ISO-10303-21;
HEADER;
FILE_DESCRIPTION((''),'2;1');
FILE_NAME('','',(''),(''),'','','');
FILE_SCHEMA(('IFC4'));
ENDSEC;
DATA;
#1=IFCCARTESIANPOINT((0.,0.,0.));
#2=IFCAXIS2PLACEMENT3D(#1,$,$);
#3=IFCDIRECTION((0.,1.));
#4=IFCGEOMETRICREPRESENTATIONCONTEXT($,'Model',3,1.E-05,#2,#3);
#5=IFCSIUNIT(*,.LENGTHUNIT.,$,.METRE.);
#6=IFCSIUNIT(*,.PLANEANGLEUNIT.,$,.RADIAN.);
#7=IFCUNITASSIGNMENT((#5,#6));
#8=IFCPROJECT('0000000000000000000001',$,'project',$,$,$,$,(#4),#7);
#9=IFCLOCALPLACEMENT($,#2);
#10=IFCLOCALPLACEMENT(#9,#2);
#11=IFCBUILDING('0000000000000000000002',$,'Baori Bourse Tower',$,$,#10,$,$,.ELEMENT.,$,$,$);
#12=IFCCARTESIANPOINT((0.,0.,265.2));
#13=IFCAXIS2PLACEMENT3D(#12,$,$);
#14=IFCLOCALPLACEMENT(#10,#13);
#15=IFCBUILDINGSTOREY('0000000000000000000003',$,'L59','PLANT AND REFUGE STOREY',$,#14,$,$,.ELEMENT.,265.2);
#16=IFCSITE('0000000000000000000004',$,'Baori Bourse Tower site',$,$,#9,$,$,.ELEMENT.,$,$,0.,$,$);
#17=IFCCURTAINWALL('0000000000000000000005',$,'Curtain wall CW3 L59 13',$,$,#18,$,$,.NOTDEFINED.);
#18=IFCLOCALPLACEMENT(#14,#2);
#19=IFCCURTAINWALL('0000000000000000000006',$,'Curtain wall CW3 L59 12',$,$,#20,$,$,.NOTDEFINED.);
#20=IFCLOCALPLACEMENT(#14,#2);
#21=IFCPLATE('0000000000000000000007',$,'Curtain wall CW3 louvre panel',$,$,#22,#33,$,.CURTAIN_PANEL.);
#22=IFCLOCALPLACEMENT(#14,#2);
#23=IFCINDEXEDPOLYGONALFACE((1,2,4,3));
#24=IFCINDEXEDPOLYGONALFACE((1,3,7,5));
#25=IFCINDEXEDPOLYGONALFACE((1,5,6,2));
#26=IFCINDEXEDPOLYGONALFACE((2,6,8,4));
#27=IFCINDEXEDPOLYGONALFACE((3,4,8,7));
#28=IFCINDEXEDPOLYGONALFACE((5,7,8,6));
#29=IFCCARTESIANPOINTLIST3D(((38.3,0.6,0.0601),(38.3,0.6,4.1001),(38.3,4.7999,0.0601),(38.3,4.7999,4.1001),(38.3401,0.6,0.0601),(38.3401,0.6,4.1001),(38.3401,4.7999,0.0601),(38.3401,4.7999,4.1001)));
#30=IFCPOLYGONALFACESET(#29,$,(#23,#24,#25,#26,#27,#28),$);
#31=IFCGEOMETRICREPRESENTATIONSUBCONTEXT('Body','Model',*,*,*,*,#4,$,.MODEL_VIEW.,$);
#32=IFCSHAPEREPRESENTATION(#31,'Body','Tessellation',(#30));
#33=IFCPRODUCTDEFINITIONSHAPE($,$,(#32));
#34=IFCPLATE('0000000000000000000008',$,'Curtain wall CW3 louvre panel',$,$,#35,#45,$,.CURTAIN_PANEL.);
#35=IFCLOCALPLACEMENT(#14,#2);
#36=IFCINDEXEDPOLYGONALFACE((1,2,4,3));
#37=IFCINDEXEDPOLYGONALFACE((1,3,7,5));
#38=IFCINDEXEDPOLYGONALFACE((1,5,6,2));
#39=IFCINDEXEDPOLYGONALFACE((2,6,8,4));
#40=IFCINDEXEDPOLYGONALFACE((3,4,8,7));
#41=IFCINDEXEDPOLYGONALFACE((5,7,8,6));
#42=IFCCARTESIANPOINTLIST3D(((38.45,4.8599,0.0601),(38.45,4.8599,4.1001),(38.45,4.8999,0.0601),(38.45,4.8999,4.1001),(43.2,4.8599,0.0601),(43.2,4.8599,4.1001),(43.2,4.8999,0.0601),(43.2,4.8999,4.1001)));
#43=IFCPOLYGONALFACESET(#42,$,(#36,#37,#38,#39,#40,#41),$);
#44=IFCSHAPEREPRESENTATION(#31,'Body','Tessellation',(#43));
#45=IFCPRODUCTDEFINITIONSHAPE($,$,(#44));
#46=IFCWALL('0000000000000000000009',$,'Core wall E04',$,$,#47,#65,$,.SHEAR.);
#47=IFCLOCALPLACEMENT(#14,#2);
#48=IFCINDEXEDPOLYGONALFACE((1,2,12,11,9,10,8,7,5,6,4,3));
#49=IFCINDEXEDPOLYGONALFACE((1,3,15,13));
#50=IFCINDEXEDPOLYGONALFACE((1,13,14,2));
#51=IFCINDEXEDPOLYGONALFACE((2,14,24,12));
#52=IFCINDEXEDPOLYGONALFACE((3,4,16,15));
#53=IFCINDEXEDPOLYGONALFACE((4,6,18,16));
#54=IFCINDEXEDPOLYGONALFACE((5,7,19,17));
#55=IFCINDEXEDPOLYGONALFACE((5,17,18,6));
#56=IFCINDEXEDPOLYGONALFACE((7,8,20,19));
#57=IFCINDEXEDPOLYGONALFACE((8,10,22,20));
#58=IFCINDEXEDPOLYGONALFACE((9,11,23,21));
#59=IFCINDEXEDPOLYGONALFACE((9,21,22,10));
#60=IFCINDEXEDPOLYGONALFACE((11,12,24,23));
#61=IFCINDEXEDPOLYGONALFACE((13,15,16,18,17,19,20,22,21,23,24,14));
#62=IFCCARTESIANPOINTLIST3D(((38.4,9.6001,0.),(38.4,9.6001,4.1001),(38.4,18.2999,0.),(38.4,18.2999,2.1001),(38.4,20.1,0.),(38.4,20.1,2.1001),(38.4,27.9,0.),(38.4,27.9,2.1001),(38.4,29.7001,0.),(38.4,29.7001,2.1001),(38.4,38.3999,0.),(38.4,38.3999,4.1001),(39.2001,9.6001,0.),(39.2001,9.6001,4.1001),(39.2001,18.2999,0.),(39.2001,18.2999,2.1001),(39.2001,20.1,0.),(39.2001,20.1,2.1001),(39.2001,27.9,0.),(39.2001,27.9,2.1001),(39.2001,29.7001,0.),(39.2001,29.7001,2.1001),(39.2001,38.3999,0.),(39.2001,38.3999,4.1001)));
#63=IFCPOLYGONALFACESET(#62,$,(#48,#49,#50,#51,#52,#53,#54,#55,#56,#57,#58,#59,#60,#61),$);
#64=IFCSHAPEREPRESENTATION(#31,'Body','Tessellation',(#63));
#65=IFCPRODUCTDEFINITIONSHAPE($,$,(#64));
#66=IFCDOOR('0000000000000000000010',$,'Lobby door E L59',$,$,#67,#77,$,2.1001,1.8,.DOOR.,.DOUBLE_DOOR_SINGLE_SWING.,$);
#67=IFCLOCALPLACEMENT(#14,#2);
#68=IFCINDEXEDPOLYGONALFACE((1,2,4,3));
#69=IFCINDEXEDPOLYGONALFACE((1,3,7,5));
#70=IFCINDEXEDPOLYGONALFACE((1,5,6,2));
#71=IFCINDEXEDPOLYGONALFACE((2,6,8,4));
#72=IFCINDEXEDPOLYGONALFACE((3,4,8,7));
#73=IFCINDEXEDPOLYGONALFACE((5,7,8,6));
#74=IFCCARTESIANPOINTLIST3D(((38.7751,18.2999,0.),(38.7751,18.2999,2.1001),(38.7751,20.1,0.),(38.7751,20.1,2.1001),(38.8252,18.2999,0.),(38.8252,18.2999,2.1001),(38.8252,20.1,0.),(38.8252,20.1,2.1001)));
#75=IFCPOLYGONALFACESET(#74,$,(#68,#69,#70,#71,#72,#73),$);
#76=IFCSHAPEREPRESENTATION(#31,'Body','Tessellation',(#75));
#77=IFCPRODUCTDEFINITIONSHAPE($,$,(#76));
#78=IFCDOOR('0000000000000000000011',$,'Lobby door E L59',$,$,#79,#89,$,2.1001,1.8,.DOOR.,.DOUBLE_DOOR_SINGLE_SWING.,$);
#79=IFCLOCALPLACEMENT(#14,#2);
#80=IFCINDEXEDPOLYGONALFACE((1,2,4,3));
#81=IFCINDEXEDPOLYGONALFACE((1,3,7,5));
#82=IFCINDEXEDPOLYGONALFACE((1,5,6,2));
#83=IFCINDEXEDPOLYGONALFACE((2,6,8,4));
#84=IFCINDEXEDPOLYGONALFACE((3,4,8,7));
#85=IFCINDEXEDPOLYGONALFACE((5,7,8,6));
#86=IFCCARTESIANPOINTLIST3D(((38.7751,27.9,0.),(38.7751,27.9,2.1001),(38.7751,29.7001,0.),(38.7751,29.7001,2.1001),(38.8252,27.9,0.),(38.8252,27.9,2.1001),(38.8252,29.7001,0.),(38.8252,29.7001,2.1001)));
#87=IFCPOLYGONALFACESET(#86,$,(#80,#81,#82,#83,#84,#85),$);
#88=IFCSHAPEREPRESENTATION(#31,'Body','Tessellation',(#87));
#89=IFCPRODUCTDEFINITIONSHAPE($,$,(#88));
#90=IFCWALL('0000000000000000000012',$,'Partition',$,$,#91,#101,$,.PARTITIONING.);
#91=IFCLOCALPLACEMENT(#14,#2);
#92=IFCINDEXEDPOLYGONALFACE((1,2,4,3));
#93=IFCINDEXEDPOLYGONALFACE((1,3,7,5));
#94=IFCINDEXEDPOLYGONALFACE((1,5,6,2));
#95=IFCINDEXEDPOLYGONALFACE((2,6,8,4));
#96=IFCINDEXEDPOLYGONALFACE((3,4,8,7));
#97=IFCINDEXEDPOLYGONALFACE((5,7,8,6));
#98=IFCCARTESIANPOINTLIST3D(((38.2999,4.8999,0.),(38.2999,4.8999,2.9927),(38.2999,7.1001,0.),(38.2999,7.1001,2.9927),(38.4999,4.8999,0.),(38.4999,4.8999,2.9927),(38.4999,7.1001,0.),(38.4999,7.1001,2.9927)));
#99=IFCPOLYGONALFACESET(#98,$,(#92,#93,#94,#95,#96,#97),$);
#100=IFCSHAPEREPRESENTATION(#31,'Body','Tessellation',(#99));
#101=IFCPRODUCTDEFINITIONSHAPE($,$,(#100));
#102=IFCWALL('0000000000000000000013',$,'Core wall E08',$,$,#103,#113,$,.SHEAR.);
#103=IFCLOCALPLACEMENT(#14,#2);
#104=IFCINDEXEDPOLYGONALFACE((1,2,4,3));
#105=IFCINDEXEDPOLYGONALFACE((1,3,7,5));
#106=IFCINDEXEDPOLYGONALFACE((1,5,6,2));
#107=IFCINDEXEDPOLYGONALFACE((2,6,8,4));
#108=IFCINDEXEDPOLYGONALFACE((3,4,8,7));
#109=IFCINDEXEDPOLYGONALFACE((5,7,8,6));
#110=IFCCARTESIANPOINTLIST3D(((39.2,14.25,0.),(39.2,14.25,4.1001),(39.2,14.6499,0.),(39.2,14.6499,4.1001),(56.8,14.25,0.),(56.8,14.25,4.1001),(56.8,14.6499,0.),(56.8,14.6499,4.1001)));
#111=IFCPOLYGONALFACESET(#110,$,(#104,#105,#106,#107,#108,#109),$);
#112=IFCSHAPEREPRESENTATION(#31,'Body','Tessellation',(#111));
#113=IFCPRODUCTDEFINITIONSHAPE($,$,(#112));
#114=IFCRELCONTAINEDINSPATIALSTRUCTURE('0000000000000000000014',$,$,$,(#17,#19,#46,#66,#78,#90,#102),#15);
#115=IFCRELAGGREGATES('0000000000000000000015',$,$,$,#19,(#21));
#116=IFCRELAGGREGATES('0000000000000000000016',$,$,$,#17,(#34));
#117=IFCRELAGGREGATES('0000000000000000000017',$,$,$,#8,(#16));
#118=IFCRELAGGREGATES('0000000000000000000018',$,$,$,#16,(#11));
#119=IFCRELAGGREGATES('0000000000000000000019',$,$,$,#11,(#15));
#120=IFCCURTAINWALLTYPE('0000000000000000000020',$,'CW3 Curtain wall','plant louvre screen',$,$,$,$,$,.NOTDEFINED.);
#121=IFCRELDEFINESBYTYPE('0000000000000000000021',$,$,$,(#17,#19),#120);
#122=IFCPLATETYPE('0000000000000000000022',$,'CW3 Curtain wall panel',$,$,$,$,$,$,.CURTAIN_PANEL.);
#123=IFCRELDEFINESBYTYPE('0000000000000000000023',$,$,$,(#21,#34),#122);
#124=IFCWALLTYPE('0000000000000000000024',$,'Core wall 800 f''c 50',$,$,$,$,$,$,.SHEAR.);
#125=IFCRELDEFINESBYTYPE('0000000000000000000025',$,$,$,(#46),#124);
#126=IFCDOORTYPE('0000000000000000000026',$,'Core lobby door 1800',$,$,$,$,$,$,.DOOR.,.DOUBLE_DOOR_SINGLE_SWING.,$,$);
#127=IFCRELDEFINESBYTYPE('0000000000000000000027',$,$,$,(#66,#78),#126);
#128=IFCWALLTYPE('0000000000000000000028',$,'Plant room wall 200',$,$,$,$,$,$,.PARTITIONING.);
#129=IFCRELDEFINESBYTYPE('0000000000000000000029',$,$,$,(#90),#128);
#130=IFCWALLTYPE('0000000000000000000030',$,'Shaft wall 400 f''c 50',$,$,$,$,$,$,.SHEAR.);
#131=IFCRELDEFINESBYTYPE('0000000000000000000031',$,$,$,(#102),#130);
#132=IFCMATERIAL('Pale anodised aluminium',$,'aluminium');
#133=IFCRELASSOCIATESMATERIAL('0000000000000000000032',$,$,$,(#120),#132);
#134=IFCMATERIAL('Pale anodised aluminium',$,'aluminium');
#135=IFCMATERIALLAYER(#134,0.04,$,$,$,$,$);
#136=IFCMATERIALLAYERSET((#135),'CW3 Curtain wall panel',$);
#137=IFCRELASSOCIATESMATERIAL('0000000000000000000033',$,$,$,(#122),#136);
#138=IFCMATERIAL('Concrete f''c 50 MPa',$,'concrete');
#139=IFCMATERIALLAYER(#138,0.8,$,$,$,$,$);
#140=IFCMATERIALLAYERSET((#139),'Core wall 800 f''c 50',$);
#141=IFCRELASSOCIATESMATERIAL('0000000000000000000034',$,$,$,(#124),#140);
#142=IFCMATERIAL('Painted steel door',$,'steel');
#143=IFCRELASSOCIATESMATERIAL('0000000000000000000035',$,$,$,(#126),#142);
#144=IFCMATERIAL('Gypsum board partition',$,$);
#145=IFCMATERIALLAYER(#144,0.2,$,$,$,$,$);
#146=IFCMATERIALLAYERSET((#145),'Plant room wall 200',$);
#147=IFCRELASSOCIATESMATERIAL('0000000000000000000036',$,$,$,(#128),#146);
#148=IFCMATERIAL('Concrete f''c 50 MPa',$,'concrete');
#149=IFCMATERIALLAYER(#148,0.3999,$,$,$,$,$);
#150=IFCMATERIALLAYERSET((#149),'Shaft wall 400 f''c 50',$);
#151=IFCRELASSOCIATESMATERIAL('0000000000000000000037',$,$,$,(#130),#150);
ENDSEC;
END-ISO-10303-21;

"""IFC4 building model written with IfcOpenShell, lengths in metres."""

from ifc_helpers import new_model, si_unit, direction, frame, frame_2d, origin, origin_2d, place, context, subcontext, project, spatial, rectangle, extrude, material, layer, layer_set, type_object, element, fill, aggregate, save


model = new_model("IFC4")

# Units and contexts
model_context = context("Model", 3, precision=1e-05, world=origin(), true_north=direction((0.0, 1.0)))
body_context = subcontext(model_context, "Body", "Model", "MODEL_VIEW")
ifc_project = project(units=[si_unit("LENGTHUNIT", "METRE"), si_unit("PLANEANGLEUNIT", "RADIAN")], contexts=[model_context])

# Site, building, storey
site_placement = place(None, origin())
site = spatial("IfcSite", under=ifc_project, at=site_placement, Name="Baori Bourse Tower site", CompositionType="ELEMENT", RefElevation=0.0)
building_placement = place(site_placement, origin())
building = spatial("IfcBuilding", under=site, at=building_placement, Name="Baori Bourse Tower", CompositionType="ELEMENT")
storey_placement = place(building_placement, frame((0.0, 0.0, 265.2)))
storey = spatial("IfcBuildingStorey", under=building, at=storey_placement, Name="L59", Description="PLANT AND REFUGE STOREY", CompositionType="ELEMENT", Elevation=265.2)

# Curtain wall
ifc_material_1 = material(Name="Pale anodised aluminium", Category="aluminium")
curtain_wall_type = type_object("IfcCurtainWallType", Name="CW3 Curtain wall", Description="plant louvre screen", PredefinedType="NOTDEFINED", material=ifc_material_1)
curtain_wall_1_placement = place(storey_placement, origin())
curtain_wall_1 = element("IfcCurtainWall", 1, at=curtain_wall_1_placement, inside=storey, type_object=curtain_wall_type, Name="Curtain wall CW3 L59 13", PredefinedType="NOTDEFINED")

# Curtain wall, plate
curtain_wall_2_placement = place(storey_placement, origin())
curtain_wall_2 = element("IfcCurtainWall", 2, at=curtain_wall_2_placement, inside=storey, type_object=curtain_wall_type, Name="Curtain wall CW3 L59 12", PredefinedType="NOTDEFINED")
ifc_material_2 = material(Name="Pale anodised aluminium", Category="aluminium")
ifc_layer_1 = layer(ifc_material_2, 0.04)
ifc_layer_set_1 = layer_set([ifc_layer_1], Name="CW3 Curtain wall panel")
plate_type = type_object("IfcPlateType", Name="CW3 Curtain wall panel", PredefinedType="CURTAIN_PANEL", material=ifc_layer_set_1)
plate_1_placement = place(storey_placement, frame((38.3201, 2.7, 0.0601), z_axis=(0.0, 0.0, 1.0), x_axis=(0.0, 1.0, 0.0)))
plate_1 = element("IfcPlate", 3, at=plate_1_placement, type_object=plate_type, Name="Curtain wall CW3 louvre panel", PredefinedType="CURTAIN_PANEL", context=body_context, shape_type="SweptSolid", body=[
    extrude(rectangle(XDim=4.2, YDim=0.04, at=origin_2d()), origin(), (0.0, 0.0, 1.0), 4.04),
])
aggregate(curtain_wall_2, [plate_1])

# Plate
plate_2_placement = place(storey_placement, frame((40.825, 4.8799, 0.0601), z_axis=(0.0, 0.0, 1.0), x_axis=(1.0, 0.0, 0.0)))
plate_2 = element("IfcPlate", 4, at=plate_2_placement, type_object=plate_type, Name="Curtain wall CW3 louvre panel", PredefinedType="CURTAIN_PANEL", context=body_context, shape_type="SweptSolid", body=[
    extrude(rectangle(XDim=4.75, YDim=0.04, at=origin_2d()), origin(), (0.0, 0.0, 1.0), 4.04),
])
aggregate(curtain_wall_1, [plate_2])

# Wall, openings, doors
ifc_material_3 = material(Name="Concrete f'c 50 MPa", Category="concrete")
ifc_layer_2 = layer(ifc_material_3, 0.8)
ifc_layer_set_2 = layer_set([ifc_layer_2], Name="Core wall 800 f'c 50")
wall_type_1 = type_object("IfcWallType", Name="Core wall 800 f'c 50", PredefinedType="SHEAR", material=ifc_layer_set_2)
wall_1_placement = place(storey_placement, frame((38.8, 9.6001, 0.0), z_axis=(0.0, 0.0, 1.0), x_axis=(0.0, 1.0, 0.0)))
wall_1 = element("IfcWall", 5, at=wall_1_placement, inside=storey, type_object=wall_type_1, Name="Core wall E04", PredefinedType="SHEAR", context=body_context, shape_type="SweptSolid", body=[
    extrude(rectangle(XDim=28.7998, YDim=0.8, at=frame_2d((14.3999, 0.0))), origin(), (0.0, 0.0, 1.0), 4.1001),
])
opening_1_placement = place(wall_1_placement, frame((8.7, 0.0, 0.0)))
opening_1 = element("IfcOpeningElement", 6, at=opening_1_placement, cuts=wall_1, PredefinedType="OPENING", context=body_context, shape_type="SweptSolid", body=[
    extrude(rectangle(XDim=1.8, YDim=2.1001, at=frame_2d((0.8999, 1.05))), frame((0.0, 0.4099, 0.0), z_axis=(0.0, -1.0, 0.0), x_axis=(1.0, 0.0, 0.0)), (0.0, 0.0, 1.0), 0.8201),
])
opening_2_placement = place(wall_1_placement, frame((18.3, 0.0, 0.0)))
opening_2 = element("IfcOpeningElement", 7, at=opening_2_placement, cuts=wall_1, PredefinedType="OPENING", context=body_context, shape_type="SweptSolid", body=[
    extrude(rectangle(XDim=1.8, YDim=2.1001, at=frame_2d((0.8999, 1.05))), frame((0.0, 0.4099, 0.0), z_axis=(0.0, -1.0, 0.0), x_axis=(1.0, 0.0, 0.0)), (0.0, 0.0, 1.0), 0.8201),
])
ifc_material_4 = material(Name="Painted steel door", Category="steel")
door_type_1 = type_object("IfcDoorType", Name="Core lobby door 1800", OperationType="DOUBLE_DOOR_SINGLE_SWING", PredefinedType="DOOR", material=ifc_material_4)
door_1_placement = place(opening_1_placement, origin())
door_1 = element("IfcDoor", 8, at=door_1_placement, inside=storey, type_object=door_type_1, Name="Lobby door E L59", OperationType="DOUBLE_DOOR_SINGLE_SWING", OverallHeight=2.1001, OverallWidth=1.8, PredefinedType="DOOR", context=body_context, shape_type="SweptSolid", body=[
    extrude(rectangle(XDim=1.8, YDim=2.1001, at=frame_2d((0.8999, 1.05))), frame((0.0, 0.0249, 0.0), z_axis=(0.0, -1.0, 0.0), x_axis=(1.0, 0.0, 0.0)), (0.0, 0.0, 1.0), 0.05),
])
fill(opening_1, door_1)
door_2_placement = place(opening_2_placement, origin())
door_2 = element("IfcDoor", 9, at=door_2_placement, inside=storey, type_object=door_type_1, Name="Lobby door E L59", OperationType="DOUBLE_DOOR_SINGLE_SWING", OverallHeight=2.1001, OverallWidth=1.8, PredefinedType="DOOR", context=body_context, shape_type="SweptSolid", body=[
    extrude(rectangle(XDim=1.8, YDim=2.1001, at=frame_2d((0.8999, 1.05))), frame((0.0, 0.0249, 0.0), z_axis=(0.0, -1.0, 0.0), x_axis=(1.0, 0.0, 0.0)), (0.0, 0.0, 1.0), 0.05),
])
fill(opening_2, door_2)

# Walls
ifc_material_5 = material(Name="Gypsum board partition")
ifc_layer_3 = layer(ifc_material_5, 0.2)
ifc_layer_set_3 = layer_set([ifc_layer_3], Name="Plant room wall 200")
wall_type_2 = type_object("IfcWallType", Name="Plant room wall 200", PredefinedType="PARTITIONING", material=ifc_layer_set_3)
wall_2_placement = place(storey_placement, frame((38.3999, 4.8999, 0.0), z_axis=(0.0, 0.0, 1.0), x_axis=(0.0, 1.0, 0.0)))
element("IfcWall", 10, at=wall_2_placement, inside=storey, type_object=wall_type_2, Name="Partition", PredefinedType="PARTITIONING", context=body_context, shape_type="SweptSolid", body=[
    extrude(rectangle(XDim=2.2002, YDim=0.2, at=frame_2d((1.1001, 0.0))), origin(), (0.0, 0.0, 1.0), 2.9927),
])
ifc_material_6 = material(Name="Concrete f'c 50 MPa", Category="concrete")
ifc_layer_4 = layer(ifc_material_6, 0.3999)
ifc_layer_set_4 = layer_set([ifc_layer_4], Name="Shaft wall 400 f'c 50")
wall_type_3 = type_object("IfcWallType", Name="Shaft wall 400 f'c 50", PredefinedType="SHEAR", material=ifc_layer_set_4)
wall_3_placement = place(storey_placement, frame((39.2, 14.45, 0.0), z_axis=(0.0, 0.0, 1.0), x_axis=(1.0, 0.0, 0.0)))
element("IfcWall", 11, at=wall_3_placement, inside=storey, type_object=wall_type_3, Name="Core wall E08", PredefinedType="SHEAR", context=body_context, shape_type="SweptSolid", body=[
    extrude(rectangle(XDim=17.6001, YDim=0.3999, at=frame_2d((8.8, 0.0))), origin(), (0.0, 0.0, 1.0), 4.1001),
])

save(model, "model.ifc")
